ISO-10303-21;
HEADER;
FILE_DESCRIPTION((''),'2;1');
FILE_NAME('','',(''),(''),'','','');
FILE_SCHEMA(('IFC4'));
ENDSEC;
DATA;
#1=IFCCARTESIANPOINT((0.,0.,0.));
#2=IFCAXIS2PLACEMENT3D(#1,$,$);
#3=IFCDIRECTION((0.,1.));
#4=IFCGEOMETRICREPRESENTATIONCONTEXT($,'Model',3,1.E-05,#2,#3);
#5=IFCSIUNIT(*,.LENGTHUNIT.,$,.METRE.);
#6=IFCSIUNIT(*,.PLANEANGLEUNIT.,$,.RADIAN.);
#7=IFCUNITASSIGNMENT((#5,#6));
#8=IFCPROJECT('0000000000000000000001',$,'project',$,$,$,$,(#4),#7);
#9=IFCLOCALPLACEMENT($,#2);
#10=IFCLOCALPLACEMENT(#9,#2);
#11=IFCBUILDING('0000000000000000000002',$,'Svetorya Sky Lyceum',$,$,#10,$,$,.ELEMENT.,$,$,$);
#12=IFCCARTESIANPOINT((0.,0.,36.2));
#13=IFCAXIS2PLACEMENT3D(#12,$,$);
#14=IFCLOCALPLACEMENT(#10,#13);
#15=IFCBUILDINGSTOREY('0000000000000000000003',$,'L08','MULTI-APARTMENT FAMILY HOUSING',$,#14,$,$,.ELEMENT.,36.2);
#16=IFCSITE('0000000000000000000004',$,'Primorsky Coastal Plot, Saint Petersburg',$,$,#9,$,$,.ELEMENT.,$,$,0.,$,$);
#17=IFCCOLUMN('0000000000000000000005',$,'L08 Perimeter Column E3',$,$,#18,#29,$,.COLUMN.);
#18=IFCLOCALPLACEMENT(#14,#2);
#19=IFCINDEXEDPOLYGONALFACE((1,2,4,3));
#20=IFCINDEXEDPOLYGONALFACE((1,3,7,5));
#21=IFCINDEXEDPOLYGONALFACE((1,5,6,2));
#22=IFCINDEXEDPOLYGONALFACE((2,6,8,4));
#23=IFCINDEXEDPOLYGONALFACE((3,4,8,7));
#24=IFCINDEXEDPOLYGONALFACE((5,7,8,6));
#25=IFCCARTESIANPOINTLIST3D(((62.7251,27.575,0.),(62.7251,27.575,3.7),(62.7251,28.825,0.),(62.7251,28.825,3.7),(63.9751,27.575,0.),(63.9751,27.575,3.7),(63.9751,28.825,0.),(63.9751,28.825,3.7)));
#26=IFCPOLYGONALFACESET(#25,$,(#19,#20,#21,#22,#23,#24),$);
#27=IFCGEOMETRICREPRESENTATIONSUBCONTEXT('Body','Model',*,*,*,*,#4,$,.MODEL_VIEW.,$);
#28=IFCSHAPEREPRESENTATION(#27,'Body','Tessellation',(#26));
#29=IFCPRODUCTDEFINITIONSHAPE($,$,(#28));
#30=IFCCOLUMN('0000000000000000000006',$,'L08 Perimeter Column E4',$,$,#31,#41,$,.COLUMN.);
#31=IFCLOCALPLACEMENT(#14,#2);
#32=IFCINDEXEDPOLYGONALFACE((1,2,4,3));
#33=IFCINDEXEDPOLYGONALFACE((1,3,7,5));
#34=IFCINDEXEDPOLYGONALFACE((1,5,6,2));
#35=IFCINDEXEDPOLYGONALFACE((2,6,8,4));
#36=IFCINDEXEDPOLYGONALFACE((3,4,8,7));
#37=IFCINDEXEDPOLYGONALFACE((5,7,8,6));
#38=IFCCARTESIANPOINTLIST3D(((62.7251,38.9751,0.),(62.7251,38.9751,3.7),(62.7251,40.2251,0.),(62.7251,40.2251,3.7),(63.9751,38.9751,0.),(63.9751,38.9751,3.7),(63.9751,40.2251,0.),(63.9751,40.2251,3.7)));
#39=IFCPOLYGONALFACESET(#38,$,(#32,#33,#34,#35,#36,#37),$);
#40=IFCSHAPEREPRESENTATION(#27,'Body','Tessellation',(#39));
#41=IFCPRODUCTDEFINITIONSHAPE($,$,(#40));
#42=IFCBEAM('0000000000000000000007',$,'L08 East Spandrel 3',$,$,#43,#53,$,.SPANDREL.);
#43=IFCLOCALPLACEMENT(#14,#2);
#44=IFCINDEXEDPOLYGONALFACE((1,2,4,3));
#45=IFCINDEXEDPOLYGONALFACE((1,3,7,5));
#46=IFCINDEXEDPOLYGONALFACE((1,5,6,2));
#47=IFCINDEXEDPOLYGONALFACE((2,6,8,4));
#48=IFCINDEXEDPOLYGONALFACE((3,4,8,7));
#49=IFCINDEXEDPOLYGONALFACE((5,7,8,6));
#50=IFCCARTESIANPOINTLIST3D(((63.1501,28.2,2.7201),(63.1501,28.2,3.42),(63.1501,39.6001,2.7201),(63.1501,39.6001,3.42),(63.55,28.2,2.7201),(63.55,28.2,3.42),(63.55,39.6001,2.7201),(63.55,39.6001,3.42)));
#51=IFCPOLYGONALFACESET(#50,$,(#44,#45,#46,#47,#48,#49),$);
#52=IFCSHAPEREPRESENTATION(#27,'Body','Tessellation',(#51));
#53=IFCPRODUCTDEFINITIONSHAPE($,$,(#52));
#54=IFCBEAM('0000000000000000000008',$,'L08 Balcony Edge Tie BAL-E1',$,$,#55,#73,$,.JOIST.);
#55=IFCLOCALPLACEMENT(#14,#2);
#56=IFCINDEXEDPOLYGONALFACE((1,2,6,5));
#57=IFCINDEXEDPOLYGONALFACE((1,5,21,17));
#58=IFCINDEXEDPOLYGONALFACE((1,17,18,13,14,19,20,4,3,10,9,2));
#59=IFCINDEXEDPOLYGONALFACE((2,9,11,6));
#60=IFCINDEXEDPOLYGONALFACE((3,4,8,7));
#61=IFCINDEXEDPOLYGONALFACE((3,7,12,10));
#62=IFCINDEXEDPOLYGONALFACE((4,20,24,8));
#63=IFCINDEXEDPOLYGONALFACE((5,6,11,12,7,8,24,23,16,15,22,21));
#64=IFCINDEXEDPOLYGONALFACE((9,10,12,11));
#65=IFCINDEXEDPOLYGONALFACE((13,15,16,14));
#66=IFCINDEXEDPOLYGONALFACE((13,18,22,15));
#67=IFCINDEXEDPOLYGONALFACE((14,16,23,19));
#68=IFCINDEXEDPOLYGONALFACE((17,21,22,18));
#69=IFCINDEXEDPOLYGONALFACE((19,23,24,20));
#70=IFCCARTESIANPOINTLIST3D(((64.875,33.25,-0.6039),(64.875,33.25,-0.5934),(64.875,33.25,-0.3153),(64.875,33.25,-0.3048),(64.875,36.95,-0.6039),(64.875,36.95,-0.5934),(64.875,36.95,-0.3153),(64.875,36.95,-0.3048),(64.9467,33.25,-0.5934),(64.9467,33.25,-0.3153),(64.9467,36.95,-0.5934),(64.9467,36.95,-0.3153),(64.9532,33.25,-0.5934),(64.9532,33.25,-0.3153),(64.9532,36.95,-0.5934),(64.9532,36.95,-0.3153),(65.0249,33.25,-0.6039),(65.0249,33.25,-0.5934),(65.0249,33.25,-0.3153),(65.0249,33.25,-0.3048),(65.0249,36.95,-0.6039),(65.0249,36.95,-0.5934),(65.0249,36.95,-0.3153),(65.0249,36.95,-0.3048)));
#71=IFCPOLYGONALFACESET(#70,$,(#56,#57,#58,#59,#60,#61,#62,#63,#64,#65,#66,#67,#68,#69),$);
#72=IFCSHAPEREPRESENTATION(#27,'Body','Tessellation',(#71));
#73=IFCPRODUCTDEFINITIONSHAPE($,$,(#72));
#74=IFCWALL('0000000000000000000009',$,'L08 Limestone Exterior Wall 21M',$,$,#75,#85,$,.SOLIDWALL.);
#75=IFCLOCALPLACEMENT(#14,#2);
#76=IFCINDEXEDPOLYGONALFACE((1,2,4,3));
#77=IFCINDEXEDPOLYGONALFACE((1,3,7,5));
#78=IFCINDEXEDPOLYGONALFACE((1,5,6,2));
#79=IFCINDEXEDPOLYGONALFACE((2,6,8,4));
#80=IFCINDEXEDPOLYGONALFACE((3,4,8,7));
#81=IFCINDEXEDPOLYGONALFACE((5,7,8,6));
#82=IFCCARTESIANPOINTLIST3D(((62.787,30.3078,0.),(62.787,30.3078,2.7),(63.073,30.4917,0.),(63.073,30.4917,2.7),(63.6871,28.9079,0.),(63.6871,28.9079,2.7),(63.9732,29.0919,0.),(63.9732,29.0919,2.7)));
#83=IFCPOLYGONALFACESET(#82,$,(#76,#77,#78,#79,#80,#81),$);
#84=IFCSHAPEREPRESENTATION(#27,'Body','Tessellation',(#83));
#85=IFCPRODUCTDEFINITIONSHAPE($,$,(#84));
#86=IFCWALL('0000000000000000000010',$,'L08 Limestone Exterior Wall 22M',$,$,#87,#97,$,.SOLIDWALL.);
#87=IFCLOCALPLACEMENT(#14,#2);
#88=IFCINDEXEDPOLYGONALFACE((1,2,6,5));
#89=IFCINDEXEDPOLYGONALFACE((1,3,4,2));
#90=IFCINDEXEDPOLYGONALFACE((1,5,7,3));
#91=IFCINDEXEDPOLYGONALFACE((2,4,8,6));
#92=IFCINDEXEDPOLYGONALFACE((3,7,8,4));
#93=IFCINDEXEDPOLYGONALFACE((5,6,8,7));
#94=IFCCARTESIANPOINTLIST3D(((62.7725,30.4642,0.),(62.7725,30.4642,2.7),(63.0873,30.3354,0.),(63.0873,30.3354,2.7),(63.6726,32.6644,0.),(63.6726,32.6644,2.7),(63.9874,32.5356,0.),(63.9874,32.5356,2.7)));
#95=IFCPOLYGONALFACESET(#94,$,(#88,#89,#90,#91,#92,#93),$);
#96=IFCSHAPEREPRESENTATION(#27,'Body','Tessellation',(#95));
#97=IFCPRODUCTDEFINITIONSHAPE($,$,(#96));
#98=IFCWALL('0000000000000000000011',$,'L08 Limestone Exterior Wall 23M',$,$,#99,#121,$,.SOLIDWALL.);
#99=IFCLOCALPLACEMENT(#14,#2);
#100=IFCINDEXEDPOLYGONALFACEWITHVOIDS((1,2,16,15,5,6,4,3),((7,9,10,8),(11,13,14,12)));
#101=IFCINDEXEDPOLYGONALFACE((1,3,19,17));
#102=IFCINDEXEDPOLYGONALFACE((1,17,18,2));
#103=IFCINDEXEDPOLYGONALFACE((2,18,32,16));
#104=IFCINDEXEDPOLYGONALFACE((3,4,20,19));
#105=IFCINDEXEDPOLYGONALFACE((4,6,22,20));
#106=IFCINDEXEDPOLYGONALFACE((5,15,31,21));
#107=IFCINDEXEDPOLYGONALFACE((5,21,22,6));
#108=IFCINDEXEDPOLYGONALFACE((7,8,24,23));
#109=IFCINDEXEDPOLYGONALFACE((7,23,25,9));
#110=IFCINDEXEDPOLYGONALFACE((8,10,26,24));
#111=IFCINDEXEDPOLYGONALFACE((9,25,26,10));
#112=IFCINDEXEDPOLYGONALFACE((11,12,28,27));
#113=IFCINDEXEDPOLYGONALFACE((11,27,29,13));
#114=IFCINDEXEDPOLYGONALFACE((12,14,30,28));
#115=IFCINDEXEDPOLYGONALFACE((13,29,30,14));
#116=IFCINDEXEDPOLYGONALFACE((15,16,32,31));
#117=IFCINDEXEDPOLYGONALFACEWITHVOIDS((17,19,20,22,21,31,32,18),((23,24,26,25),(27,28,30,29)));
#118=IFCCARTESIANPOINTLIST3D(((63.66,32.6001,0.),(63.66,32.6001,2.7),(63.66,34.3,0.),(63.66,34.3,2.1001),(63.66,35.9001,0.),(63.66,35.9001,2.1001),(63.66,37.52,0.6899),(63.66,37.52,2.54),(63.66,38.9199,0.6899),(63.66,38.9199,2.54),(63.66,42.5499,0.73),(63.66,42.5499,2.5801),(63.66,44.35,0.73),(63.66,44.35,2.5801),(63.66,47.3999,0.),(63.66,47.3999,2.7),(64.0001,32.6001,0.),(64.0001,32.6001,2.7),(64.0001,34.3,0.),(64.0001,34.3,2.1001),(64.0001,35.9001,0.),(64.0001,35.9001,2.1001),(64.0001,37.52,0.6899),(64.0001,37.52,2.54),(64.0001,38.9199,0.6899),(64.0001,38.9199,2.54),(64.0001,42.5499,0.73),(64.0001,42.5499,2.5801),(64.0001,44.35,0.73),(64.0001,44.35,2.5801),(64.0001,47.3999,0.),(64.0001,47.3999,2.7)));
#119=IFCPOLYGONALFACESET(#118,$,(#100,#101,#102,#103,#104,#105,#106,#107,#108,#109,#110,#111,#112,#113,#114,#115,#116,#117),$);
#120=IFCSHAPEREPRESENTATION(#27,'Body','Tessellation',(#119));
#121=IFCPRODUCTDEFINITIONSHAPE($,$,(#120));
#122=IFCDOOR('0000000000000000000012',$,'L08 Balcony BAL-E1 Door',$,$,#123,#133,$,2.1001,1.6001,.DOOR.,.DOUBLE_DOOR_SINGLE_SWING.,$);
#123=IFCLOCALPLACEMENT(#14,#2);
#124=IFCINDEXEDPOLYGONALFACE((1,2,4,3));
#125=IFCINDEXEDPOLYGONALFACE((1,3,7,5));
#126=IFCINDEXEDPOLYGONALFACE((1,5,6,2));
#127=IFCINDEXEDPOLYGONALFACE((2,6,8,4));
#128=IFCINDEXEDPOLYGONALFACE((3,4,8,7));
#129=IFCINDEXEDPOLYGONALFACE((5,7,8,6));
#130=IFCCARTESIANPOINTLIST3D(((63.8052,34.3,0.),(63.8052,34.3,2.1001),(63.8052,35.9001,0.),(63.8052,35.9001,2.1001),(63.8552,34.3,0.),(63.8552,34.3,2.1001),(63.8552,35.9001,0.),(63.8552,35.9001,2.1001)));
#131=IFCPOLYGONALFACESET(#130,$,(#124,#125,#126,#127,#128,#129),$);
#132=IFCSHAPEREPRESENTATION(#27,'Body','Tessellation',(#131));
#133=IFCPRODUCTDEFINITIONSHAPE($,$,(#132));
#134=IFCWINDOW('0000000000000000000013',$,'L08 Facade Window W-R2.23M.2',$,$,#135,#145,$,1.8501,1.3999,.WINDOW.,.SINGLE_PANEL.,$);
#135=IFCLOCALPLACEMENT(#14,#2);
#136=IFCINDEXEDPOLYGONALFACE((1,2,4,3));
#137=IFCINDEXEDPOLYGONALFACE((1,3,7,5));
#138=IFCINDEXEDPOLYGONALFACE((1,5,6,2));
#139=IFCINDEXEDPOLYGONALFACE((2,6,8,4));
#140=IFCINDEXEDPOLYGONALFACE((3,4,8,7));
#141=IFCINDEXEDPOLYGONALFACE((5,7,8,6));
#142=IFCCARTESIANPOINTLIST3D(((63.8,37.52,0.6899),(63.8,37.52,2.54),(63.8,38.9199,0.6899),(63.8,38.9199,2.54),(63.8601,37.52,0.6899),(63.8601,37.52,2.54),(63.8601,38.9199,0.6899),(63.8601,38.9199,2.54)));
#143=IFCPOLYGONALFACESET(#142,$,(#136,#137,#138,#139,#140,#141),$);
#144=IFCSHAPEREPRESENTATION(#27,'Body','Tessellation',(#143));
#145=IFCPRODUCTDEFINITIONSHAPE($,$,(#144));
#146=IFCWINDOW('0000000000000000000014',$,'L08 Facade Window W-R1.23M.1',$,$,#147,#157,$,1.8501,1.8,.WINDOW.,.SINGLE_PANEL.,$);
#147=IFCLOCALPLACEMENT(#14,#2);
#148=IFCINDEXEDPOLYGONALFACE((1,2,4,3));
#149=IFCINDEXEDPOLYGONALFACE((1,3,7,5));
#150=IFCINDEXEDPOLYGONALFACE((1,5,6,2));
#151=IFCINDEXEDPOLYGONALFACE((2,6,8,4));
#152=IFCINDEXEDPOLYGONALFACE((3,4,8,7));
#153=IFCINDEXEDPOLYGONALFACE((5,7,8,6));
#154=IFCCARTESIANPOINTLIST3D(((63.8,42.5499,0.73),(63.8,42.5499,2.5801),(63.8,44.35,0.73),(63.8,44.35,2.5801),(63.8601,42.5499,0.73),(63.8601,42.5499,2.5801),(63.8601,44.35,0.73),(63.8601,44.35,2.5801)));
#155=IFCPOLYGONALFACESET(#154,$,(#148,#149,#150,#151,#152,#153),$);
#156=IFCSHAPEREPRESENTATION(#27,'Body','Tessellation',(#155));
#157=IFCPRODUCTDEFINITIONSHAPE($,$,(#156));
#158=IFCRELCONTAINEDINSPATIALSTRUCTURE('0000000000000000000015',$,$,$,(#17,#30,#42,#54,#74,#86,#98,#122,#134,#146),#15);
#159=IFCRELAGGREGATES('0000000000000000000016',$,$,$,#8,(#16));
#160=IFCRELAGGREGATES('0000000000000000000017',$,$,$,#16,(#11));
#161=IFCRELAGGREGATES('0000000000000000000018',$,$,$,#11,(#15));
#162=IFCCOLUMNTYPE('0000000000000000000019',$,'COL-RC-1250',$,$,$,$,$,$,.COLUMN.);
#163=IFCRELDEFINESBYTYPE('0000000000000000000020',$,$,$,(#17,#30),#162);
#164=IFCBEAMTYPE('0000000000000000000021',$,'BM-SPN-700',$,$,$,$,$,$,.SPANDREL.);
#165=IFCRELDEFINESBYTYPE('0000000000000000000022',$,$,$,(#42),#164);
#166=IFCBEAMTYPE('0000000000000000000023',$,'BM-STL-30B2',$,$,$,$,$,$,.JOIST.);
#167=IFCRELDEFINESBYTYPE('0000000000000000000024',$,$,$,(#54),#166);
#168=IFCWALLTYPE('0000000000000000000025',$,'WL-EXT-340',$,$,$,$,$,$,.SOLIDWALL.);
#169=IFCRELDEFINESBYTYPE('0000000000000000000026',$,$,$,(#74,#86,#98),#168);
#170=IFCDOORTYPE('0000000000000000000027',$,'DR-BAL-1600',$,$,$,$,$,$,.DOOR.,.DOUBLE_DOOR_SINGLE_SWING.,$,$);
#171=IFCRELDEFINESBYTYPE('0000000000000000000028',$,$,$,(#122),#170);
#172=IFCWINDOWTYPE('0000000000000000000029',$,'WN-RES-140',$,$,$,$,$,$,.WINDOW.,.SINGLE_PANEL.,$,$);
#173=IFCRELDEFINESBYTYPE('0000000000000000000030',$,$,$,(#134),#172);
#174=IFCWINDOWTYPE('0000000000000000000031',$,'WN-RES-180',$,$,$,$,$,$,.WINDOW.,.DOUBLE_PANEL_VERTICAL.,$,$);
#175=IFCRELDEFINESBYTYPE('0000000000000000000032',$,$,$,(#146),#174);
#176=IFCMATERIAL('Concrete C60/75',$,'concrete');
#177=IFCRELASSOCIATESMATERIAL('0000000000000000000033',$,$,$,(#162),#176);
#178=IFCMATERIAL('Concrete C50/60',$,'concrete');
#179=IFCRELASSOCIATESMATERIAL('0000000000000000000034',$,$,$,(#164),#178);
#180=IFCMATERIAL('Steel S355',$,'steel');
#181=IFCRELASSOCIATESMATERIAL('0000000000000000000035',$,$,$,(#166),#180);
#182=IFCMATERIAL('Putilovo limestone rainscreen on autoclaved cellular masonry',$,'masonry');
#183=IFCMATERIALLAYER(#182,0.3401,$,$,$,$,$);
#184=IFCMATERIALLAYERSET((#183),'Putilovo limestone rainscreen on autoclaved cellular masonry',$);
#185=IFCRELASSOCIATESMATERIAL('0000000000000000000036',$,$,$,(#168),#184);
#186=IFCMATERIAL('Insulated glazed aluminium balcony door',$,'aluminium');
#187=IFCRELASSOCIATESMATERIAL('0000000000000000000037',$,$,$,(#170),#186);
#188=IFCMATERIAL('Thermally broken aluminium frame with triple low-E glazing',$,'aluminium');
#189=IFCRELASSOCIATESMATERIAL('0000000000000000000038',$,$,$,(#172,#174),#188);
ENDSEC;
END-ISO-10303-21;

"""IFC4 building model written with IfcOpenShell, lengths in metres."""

from ifc_helpers import new_model, si_unit, direction, frame, frame_2d, origin, origin_2d, place, context, subcontext, project, spatial, rectangle, i_section, extrude, material, layer, layer_set, material_profile, profile_set, type_object, element, fill, save


model = new_model("IFC4")

# Units and contexts
model_context = context("Model", 3, precision=1e-05, world=origin(), true_north=direction((0.0, 1.0)))
body_context = subcontext(model_context, "Body", "Model", "MODEL_VIEW")
ifc_project = project(units=[si_unit("LENGTHUNIT", "METRE"), si_unit("PLANEANGLEUNIT", "RADIAN")], contexts=[model_context])

# Site, building, storey
site_placement = place(None, origin())
site = spatial("IfcSite", under=ifc_project, at=site_placement, Name="Primorsky Coastal Plot, Saint Petersburg", CompositionType="ELEMENT", RefElevation=0.0)
building_placement = place(site_placement, origin())
building = spatial("IfcBuilding", under=site, at=building_placement, Name="Svetorya Sky Lyceum", CompositionType="ELEMENT")
storey_placement = place(building_placement, frame((0.0, 0.0, 36.2)))
storey = spatial("IfcBuildingStorey", under=building, at=storey_placement, Name="L08", Description="MULTI-APARTMENT FAMILY HOUSING", CompositionType="ELEMENT", Elevation=36.2)

# Columns
ifc_material_1 = material(Name="Concrete C60/75", Category="concrete")
ifc_material_profile_1 = material_profile(ifc_material_1, rectangle(XDim=1.25, YDim=1.25, at=origin_2d()), Name="RC COL 1250x1250")
ifc_profile_set_1 = profile_set([ifc_material_profile_1], Name="Concrete C60/75")
column_type = type_object("IfcColumnType", Name="COL-RC-1250", PredefinedType="COLUMN", material=ifc_profile_set_1)
for number, where, z_axis, x_axis, name in (
    (1, (63.3501, 28.2, 0.0), (0.0, 0.0, 1.0), (1.0, 0.0, 0.0), "L08 Perimeter Column E3"),
    (2, (63.3501, 39.6001, 0.0), (0.0, 0.0, 1.0), (1.0, 0.0, 0.0), "L08 Perimeter Column E4"),
):
    element("IfcColumn", number, at=place(storey_placement, frame(where, z_axis=z_axis, x_axis=x_axis)), inside=storey, type_object=column_type, Name=name, PredefinedType="COLUMN", context=body_context, shape_type="SweptSolid", body=[
        extrude(rectangle(XDim=1.25, YDim=1.25, at=origin_2d()), origin(), (0.0, 0.0, 1.0), 3.7),
    ])

# Beams
ifc_material_2 = material(Name="Concrete C50/60", Category="concrete")
ifc_material_profile_2 = material_profile(ifc_material_2, rectangle(XDim=0.3999, YDim=0.7, at=origin_2d()), Name="RC SPANDREL 400x700")
ifc_profile_set_2 = profile_set([ifc_material_profile_2], Name="Concrete C50/60")
beam_type_1 = type_object("IfcBeamType", Name="BM-SPN-700", PredefinedType="SPANDREL", material=ifc_profile_set_2)
beam_1_placement = place(storey_placement, frame((63.3501, 28.2, 3.0701), z_axis=(0.0, 1.0, 0.0), x_axis=(-1.0, 0.0, 0.0)))
element("IfcBeam", 3, at=beam_1_placement, inside=storey, type_object=beam_type_1, Name="L08 East Spandrel 3", PredefinedType="SPANDREL", context=body_context, shape_type="SweptSolid", body=[
    extrude(rectangle(XDim=0.3999, YDim=0.7, at=origin_2d()), origin(), (0.0, 0.0, 1.0), 11.4001),
])
ifc_material_3 = material(Name="Steel S355", Category="steel")
ifc_material_profile_3 = material_profile(ifc_material_3, i_section(OverallWidth=0.1499, OverallDepth=0.2991, WebThickness=0.0066, FlangeThickness=0.0105, at=origin_2d()), Name="GOST 30B2")
ifc_profile_set_3 = profile_set([ifc_material_profile_3], Name="Steel S355")
beam_type_2 = type_object("IfcBeamType", Name="BM-STL-30B2", PredefinedType="JOIST", material=ifc_profile_set_3)
beam_2_placement = place(storey_placement, frame((64.95, 33.25, -0.4543), z_axis=(0.0, 1.0, 0.0), x_axis=(-1.0, 0.0, 0.0)))
element("IfcBeam", 4, at=beam_2_placement, inside=storey, type_object=beam_type_2, Name="L08 Balcony Edge Tie BAL-E1", PredefinedType="JOIST", context=body_context, shape_type="SweptSolid", body=[
    extrude(i_section(OverallWidth=0.1499, OverallDepth=0.2991, WebThickness=0.0066, FlangeThickness=0.0105, at=origin_2d()), origin(), (0.0, 0.0, 1.0), 3.7),
])

# Walls
ifc_material_4 = material(Name="Putilovo limestone rainscreen on autoclaved cellular masonry", Category="masonry")
ifc_layer_1 = layer(ifc_material_4, 0.3401)
ifc_layer_set_1 = layer_set([ifc_layer_1], Name="Putilovo limestone rainscreen on autoclaved cellular masonry")
wall_type_1 = type_object("IfcWallType", Name="WL-EXT-340", PredefinedType="SOLIDWALL", material=ifc_layer_set_1)
wall_1_placement = place(storey_placement, frame((63.8301, 29.0, 0.0), z_axis=(0.0, 0.0, 1.0), x_axis=(-0.540847, 0.841121, 0.0)))
element("IfcWall", 5, at=wall_1_placement, inside=storey, type_object=wall_type_1, Name="L08 Limestone Exterior Wall 21M", PredefinedType="SOLIDWALL", context=body_context, shape_type="SweptSolid", body=[
    extrude(rectangle(XDim=1.6643, YDim=0.3401, at=frame_2d((0.832, 0.0))), origin(), (0.0, 0.0, 1.0), 2.7),
])
wall_2_placement = place(storey_placement, frame((62.9299, 30.3999, 0.0), z_axis=(0.0, 0.0, 1.0), x_axis=(0.378657, 0.925537, 0.0)))
element("IfcWall", 6, at=wall_2_placement, inside=storey, type_object=wall_type_1, Name="L08 Limestone Exterior Wall 22M", PredefinedType="SOLIDWALL", context=body_context, shape_type="SweptSolid", body=[
    extrude(rectangle(XDim=2.3772, YDim=0.3401, at=frame_2d((1.1885, 0.0))), origin(), (0.0, 0.0, 1.0), 2.7),
])

# Wall, openings, door, windows
wall_3_placement = place(storey_placement, frame((63.8301, 32.6001, 0.0), z_axis=(0.0, 0.0, 1.0), x_axis=(0.0, 1.0, 0.0)))
wall_3 = element("IfcWall", 7, at=wall_3_placement, inside=storey, type_object=wall_type_1, Name="L08 Limestone Exterior Wall 23M", PredefinedType="SOLIDWALL", context=body_context, shape_type="SweptSolid", body=[
    extrude(rectangle(XDim=14.7998, YDim=0.3401, at=frame_2d((7.3999, 0.0))), origin(), (0.0, 0.0, 1.0), 2.7),
])
opening_1_placement = place(wall_3_placement, frame((1.7, 0.0, 0.0)))
opening_1 = element("IfcOpeningElement", 8, at=opening_1_placement, cuts=wall_3, PredefinedType="OPENING", context=body_context, shape_type="SweptSolid", body=[
    extrude(rectangle(XDim=1.6001, YDim=2.1001, at=frame_2d((0.8, 1.05))), frame((0.0, 0.1799, 0.0), z_axis=(0.0, -1.0, 0.0), x_axis=(1.0, 0.0, 0.0)), (0.0, 0.0, 1.0), 0.3601),
])
opening_2_placement = place(wall_3_placement, frame((4.9199, 0.0, 0.6899)))
opening_2 = element("IfcOpeningElement", 9, at=opening_2_placement, cuts=wall_3, PredefinedType="OPENING", context=body_context, shape_type="SweptSolid", body=[
    extrude(rectangle(XDim=1.3999, YDim=1.8501, at=frame_2d((0.7, 0.925))), frame((0.0, 0.1799, 0.0), z_axis=(0.0, -1.0, 0.0), x_axis=(1.0, 0.0, 0.0)), (0.0, 0.0, 1.0), 0.3601),
])
opening_3_placement = place(wall_3_placement, frame((9.95, 0.0, 0.73)))
opening_3 = element("IfcOpeningElement", 10, at=opening_3_placement, cuts=wall_3, PredefinedType="OPENING", context=body_context, shape_type="SweptSolid", body=[
    extrude(rectangle(XDim=1.8, YDim=1.8501, at=frame_2d((0.8999, 0.925))), frame((0.0, 0.1799, 0.0), z_axis=(0.0, -1.0, 0.0), x_axis=(1.0, 0.0, 0.0)), (0.0, 0.0, 1.0), 0.3601),
])
ifc_material_5 = material(Name="Insulated glazed aluminium balcony door", Category="aluminium")
door_type_1 = type_object("IfcDoorType", Name="DR-BAL-1600", OperationType="DOUBLE_DOOR_SINGLE_SWING", PredefinedType="DOOR", material=ifc_material_5)
door_1_placement = place(opening_1_placement, origin())
door_1 = element("IfcDoor", 11, at=door_1_placement, inside=storey, type_object=door_type_1, Name="L08 Balcony BAL-E1 Door", OperationType="DOUBLE_DOOR_SINGLE_SWING", OverallHeight=2.1001, OverallWidth=1.6001, PredefinedType="DOOR", context=body_context, shape_type="SweptSolid", body=[
    extrude(rectangle(XDim=1.6001, YDim=2.1001, at=frame_2d((0.8, 1.05))), frame((0.0, 0.0249, 0.0), z_axis=(0.0, -1.0, 0.0), x_axis=(1.0, 0.0, 0.0)), (0.0, 0.0, 1.0), 0.05),
])
fill(opening_1, door_1)
ifc_material_6 = material(Name="Thermally broken aluminium frame with triple low-E glazing", Category="aluminium")
window_type_1 = type_object("IfcWindowType", Name="WN-RES-140", PartitioningType="SINGLE_PANEL", PredefinedType="WINDOW", material=ifc_material_6)
window_1_placement = place(opening_2_placement, origin())
window_1 = element("IfcWindow", 12, at=window_1_placement, inside=storey, type_object=window_type_1, Name="L08 Facade Window W-R2.23M.2", OverallHeight=1.8501, OverallWidth=1.3999, PartitioningType="SINGLE_PANEL", PredefinedType="WINDOW", context=body_context, shape_type="SweptSolid", body=[
    extrude(rectangle(XDim=1.3999, YDim=1.8501, at=frame_2d((0.7, 0.925))), frame((0.0, 0.03, 0.0), z_axis=(0.0, -1.0, 0.0), x_axis=(1.0, 0.0, 0.0)), (0.0, 0.0, 1.0), 0.0601),
])
fill(opening_2, window_1)
window_type_2 = type_object("IfcWindowType", Name="WN-RES-180", PartitioningType="DOUBLE_PANEL_VERTICAL", PredefinedType="WINDOW", material=ifc_material_6)
window_2_placement = place(opening_3_placement, origin())
window_2 = element("IfcWindow", 13, at=window_2_placement, inside=storey, type_object=window_type_2, Name="L08 Facade Window W-R1.23M.1", OverallHeight=1.8501, OverallWidth=1.8, PartitioningType="SINGLE_PANEL", PredefinedType="WINDOW", context=body_context, shape_type="SweptSolid", body=[
    extrude(rectangle(XDim=1.8, YDim=1.8501, at=frame_2d((0.8999, 0.925))), frame((0.0, 0.03, 0.0), z_axis=(0.0, -1.0, 0.0), x_axis=(1.0, 0.0, 0.0)), (0.0, 0.0, 1.0), 0.0601),
])
fill(opening_3, window_2)

save(model, "model.ifc")
